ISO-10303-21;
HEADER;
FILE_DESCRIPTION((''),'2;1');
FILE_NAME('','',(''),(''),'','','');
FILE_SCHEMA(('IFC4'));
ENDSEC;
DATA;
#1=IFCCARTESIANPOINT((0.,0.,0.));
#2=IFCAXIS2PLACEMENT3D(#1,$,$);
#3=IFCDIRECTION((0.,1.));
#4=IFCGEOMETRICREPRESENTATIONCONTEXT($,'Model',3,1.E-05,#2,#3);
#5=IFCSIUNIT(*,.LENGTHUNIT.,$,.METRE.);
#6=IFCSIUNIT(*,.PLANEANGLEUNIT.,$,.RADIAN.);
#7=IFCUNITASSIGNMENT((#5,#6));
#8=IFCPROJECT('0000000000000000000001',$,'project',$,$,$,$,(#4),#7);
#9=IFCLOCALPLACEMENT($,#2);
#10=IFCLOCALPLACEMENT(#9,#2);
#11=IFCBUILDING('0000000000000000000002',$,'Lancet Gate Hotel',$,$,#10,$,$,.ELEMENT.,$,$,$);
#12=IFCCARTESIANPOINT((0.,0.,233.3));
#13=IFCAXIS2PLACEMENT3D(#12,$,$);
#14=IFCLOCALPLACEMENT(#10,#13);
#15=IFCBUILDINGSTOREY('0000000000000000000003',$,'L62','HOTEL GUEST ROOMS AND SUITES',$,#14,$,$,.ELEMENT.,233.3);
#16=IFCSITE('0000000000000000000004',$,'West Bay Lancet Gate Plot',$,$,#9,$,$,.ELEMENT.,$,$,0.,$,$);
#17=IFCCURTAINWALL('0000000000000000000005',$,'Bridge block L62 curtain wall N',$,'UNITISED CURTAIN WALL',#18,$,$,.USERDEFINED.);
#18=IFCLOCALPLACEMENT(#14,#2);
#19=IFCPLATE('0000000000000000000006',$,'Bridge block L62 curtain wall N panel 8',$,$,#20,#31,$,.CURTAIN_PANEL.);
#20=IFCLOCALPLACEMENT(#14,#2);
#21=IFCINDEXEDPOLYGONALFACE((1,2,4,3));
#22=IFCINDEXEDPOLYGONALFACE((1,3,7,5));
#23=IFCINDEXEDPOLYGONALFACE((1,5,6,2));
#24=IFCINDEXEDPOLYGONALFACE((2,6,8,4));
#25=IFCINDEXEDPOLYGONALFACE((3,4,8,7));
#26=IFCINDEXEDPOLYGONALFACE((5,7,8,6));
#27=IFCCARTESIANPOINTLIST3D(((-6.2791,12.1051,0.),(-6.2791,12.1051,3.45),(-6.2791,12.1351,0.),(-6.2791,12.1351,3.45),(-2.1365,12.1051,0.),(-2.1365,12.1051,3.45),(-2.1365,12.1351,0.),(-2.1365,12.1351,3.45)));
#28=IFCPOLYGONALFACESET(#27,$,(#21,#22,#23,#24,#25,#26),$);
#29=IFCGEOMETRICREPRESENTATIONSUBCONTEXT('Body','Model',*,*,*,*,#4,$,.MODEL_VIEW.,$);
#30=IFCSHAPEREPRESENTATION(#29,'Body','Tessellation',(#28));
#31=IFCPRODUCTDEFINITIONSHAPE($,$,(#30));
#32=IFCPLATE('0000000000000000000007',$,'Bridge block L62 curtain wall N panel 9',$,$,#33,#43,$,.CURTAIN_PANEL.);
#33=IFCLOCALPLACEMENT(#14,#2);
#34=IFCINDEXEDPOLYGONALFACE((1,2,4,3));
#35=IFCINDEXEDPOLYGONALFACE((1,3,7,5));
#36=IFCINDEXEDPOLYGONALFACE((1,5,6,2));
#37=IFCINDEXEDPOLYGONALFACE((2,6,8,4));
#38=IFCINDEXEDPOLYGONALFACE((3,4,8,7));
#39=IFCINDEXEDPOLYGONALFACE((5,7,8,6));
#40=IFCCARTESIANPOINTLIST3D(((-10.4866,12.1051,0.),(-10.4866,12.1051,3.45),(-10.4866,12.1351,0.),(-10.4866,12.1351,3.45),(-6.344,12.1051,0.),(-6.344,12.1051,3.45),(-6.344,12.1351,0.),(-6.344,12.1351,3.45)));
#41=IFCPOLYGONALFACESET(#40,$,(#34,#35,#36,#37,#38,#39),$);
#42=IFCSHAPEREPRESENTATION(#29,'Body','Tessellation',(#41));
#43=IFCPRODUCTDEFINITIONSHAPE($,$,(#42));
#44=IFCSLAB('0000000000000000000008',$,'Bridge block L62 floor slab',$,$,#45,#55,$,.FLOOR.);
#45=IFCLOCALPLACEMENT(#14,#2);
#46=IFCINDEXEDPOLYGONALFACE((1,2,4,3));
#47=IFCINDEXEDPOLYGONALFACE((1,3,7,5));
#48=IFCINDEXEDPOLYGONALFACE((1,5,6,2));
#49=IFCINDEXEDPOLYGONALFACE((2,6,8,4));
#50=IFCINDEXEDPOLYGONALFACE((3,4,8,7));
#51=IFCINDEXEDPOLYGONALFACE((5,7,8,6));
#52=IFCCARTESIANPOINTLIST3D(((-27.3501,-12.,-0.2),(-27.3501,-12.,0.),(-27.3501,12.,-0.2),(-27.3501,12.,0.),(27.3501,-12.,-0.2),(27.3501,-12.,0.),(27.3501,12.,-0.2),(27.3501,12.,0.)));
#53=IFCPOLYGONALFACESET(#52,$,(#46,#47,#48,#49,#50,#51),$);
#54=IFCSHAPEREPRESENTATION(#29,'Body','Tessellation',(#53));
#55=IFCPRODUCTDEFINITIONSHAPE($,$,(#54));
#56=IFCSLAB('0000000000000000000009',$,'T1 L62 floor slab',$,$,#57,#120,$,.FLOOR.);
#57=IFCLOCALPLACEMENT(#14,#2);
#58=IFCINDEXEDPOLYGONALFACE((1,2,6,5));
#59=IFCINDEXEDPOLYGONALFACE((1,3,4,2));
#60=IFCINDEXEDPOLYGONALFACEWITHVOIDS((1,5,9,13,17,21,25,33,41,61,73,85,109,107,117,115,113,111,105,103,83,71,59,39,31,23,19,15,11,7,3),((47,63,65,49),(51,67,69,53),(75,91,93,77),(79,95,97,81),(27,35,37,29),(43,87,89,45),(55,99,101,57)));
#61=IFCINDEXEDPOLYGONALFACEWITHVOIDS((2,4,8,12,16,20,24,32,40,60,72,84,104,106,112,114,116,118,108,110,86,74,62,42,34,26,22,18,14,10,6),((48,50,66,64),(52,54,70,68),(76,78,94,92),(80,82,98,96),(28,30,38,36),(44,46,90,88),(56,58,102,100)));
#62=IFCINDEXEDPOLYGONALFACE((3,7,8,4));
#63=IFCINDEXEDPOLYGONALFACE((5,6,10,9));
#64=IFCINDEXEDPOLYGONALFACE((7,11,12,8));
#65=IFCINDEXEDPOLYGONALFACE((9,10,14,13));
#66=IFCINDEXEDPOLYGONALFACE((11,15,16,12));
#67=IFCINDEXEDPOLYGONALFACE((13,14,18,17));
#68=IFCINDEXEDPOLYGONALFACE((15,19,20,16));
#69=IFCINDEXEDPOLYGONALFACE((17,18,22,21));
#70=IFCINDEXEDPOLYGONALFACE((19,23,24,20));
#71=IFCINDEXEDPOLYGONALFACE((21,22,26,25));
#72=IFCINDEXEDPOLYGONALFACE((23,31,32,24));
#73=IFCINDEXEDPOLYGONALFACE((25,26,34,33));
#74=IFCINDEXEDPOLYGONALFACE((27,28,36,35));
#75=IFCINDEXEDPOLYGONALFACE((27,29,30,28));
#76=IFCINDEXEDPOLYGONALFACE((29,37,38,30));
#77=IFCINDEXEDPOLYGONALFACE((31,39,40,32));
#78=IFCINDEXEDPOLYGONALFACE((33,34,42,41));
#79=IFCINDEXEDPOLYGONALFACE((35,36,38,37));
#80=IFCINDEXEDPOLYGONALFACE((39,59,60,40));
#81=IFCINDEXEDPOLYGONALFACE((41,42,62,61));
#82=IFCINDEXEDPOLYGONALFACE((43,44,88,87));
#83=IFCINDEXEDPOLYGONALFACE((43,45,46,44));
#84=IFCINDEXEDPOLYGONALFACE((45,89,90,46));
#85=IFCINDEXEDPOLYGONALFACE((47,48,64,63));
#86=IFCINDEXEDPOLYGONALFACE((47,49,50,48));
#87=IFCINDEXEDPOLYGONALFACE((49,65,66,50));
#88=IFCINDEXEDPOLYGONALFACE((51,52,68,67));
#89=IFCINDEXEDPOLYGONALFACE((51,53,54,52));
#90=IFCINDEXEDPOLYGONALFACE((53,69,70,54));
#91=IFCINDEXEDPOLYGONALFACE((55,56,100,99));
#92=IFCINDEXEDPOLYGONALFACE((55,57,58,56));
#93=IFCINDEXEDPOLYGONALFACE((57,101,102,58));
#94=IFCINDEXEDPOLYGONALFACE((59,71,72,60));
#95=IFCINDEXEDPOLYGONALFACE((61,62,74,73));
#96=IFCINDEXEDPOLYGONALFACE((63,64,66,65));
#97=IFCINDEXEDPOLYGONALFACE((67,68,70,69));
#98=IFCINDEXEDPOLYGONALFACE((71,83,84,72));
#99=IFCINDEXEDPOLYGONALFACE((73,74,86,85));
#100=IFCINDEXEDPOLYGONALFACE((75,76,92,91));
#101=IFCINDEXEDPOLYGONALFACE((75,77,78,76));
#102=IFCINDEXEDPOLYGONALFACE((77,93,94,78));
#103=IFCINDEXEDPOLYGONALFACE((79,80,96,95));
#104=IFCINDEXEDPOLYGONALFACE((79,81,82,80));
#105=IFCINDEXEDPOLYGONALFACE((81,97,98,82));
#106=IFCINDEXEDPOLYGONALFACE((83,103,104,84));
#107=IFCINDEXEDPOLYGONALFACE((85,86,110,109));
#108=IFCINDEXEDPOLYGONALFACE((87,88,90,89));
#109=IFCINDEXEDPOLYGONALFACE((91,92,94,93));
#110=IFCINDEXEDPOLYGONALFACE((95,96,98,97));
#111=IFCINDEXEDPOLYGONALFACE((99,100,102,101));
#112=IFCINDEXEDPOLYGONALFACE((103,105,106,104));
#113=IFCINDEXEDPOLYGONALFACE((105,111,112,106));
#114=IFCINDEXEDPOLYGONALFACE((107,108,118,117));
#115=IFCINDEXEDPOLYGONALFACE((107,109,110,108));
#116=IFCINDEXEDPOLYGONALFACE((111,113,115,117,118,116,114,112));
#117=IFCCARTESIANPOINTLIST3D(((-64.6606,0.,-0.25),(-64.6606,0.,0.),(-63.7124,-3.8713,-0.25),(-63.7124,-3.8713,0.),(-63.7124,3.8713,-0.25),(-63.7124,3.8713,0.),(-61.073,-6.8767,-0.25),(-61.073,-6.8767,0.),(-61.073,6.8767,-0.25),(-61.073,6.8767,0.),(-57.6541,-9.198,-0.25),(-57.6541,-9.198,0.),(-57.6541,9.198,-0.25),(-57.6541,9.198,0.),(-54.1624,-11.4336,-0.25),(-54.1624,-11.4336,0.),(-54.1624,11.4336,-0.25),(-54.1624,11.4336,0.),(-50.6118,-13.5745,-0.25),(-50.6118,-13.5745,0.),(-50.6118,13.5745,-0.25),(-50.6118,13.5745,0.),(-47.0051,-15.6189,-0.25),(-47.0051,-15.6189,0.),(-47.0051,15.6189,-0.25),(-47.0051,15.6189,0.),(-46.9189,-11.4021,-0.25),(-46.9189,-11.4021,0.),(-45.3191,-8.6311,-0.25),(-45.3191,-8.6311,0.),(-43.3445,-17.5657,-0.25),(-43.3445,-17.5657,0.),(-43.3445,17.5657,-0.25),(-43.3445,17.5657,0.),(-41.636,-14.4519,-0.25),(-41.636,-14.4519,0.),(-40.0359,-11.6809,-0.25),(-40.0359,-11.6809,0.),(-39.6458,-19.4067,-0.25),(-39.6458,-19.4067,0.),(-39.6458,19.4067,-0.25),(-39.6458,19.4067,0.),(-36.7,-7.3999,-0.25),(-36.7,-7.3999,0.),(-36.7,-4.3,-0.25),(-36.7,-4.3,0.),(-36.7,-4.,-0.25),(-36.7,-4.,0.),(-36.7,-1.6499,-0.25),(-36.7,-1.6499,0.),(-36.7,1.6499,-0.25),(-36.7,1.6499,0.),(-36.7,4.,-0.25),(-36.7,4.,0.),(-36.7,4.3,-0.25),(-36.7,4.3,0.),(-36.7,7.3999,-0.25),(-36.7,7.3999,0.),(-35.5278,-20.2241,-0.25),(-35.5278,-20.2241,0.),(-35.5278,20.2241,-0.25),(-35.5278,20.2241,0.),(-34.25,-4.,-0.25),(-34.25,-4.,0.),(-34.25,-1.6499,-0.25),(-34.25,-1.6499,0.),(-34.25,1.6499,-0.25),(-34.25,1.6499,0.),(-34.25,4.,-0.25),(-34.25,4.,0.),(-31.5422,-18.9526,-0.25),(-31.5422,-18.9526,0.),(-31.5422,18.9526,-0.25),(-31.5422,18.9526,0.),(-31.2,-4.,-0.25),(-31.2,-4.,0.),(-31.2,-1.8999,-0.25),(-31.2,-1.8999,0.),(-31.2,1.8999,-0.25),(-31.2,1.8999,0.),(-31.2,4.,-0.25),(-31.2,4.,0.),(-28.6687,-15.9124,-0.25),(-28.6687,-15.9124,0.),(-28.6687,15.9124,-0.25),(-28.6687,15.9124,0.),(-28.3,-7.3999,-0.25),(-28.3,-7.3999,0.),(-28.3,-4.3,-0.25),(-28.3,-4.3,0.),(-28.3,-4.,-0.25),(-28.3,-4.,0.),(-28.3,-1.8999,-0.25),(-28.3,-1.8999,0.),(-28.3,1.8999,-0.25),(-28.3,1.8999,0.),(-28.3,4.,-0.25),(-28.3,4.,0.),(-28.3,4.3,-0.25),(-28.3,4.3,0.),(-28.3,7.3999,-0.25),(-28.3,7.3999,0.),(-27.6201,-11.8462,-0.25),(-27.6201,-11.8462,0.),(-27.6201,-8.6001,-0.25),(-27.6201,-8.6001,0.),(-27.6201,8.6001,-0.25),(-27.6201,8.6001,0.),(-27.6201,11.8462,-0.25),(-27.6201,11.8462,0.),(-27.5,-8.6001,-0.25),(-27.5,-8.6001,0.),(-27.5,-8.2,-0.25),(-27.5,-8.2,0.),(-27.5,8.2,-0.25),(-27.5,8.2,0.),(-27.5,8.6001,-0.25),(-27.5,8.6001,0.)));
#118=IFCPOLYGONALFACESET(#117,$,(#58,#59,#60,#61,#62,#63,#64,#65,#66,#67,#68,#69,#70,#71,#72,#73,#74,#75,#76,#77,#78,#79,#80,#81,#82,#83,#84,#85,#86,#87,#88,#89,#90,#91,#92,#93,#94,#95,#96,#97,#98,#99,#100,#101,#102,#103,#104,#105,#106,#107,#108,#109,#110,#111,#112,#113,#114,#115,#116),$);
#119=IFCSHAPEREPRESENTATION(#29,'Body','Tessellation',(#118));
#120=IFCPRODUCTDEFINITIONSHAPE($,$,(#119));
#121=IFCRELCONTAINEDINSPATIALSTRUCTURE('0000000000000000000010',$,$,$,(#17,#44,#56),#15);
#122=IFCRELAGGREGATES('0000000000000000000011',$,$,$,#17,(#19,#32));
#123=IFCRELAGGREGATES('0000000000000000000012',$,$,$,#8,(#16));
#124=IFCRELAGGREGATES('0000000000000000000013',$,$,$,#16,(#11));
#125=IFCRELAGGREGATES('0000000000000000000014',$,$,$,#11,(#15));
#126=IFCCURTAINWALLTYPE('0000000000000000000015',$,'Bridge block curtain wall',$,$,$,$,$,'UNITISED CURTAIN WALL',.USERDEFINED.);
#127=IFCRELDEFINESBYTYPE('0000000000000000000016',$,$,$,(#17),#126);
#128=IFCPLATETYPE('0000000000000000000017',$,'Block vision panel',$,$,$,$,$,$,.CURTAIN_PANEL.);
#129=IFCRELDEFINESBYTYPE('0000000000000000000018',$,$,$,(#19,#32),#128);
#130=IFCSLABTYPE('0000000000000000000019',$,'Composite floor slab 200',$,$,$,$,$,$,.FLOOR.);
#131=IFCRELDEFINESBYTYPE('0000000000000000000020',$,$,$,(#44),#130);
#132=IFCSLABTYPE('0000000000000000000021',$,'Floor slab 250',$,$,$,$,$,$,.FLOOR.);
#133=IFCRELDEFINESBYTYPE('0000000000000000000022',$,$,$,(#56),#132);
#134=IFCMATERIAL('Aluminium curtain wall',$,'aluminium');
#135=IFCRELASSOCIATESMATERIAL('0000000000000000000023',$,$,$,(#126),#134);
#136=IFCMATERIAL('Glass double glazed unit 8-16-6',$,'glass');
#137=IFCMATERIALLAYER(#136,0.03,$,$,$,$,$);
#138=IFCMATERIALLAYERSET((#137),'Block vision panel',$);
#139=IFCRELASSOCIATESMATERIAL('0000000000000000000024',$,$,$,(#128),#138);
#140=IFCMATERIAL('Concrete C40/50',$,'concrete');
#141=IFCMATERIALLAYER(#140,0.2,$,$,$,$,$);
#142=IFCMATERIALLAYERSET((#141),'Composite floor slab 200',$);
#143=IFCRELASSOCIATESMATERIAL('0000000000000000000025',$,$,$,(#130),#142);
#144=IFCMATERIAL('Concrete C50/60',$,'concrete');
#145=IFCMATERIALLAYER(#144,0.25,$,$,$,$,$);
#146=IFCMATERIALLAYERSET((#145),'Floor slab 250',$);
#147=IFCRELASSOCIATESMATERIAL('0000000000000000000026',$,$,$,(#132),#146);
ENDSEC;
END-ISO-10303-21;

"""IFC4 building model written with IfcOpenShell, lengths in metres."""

from ifc_helpers import new_model, si_unit, direction, frame, origin, origin_2d, place, context, subcontext, project, spatial, polyline, rectangle, outline, extrude, material, layer, layer_set, type_object, element, aggregate, save


model = new_model("IFC4")

# Units and contexts
model_context = context("Model", 3, precision=1e-05, world=origin(), true_north=direction((0.0, 1.0)))
body_context = subcontext(model_context, "Body", "Model", "MODEL_VIEW")
ifc_project = project(units=[si_unit("LENGTHUNIT", "METRE"), si_unit("PLANEANGLEUNIT", "RADIAN")], contexts=[model_context])

# Site, building, storey
site_placement = place(None, origin())
site = spatial("IfcSite", under=ifc_project, at=site_placement, Name="West Bay Lancet Gate Plot", CompositionType="ELEMENT", RefElevation=0.0)
building_placement = place(site_placement, origin())
building = spatial("IfcBuilding", under=site, at=building_placement, Name="Lancet Gate Hotel", CompositionType="ELEMENT")
storey_placement = place(building_placement, frame((0.0, 0.0, 233.3)))
storey = spatial("IfcBuildingStorey", under=building, at=storey_placement, Name="L62", Description="HOTEL GUEST ROOMS AND SUITES", CompositionType="ELEMENT", Elevation=233.3)

# Curtain wall
ifc_material_1 = material(Name="Aluminium curtain wall", Category="aluminium")
curtain_wall_type = type_object("IfcCurtainWallType", Name="Bridge block curtain wall", ElementType="UNITISED CURTAIN WALL", PredefinedType="USERDEFINED", material=ifc_material_1)
curtain_wall_placement = place(storey_placement, origin())
curtain_wall = element("IfcCurtainWall", 1, at=curtain_wall_placement, inside=storey, type_object=curtain_wall_type, Name="Bridge block L62 curtain wall N", ObjectType="UNITISED CURTAIN WALL", PredefinedType="USERDEFINED")

# Plates
ifc_material_2 = material(Name="Glass double glazed unit 8-16-6", Category="glass")
ifc_layer_1 = layer(ifc_material_2, 0.03)
ifc_layer_set_1 = layer_set([ifc_layer_1], Name="Block vision panel")
plate_type = type_object("IfcPlateType", Name="Block vision panel", PredefinedType="CURTAIN_PANEL", material=ifc_layer_set_1)
plate_1_placement = place(storey_placement, frame((-4.2078, 12.1201, 0.0), z_axis=(0.0, 0.0, 1.0), x_axis=(-1.0, 0.0, 0.0)))
plate_1 = element("IfcPlate", 2, at=plate_1_placement, type_object=plate_type, Name="Bridge block L62 curtain wall N panel 8", PredefinedType="CURTAIN_PANEL", context=body_context, shape_type="SweptSolid", body=[
    extrude(rectangle(XDim=4.1426, YDim=0.03, at=origin_2d()), origin(), (0.0, 0.0, 1.0), 3.45),
])
plate_2_placement = place(storey_placement, frame((-8.4153, 12.1201, 0.0), z_axis=(0.0, 0.0, 1.0), x_axis=(-1.0, 0.0, 0.0)))
plate_2 = element("IfcPlate", 3, at=plate_2_placement, type_object=plate_type, Name="Bridge block L62 curtain wall N panel 9", PredefinedType="CURTAIN_PANEL", context=body_context, shape_type="SweptSolid", body=[
    extrude(rectangle(XDim=4.1426, YDim=0.03, at=origin_2d()), origin(), (0.0, 0.0, 1.0), 3.45),
])
aggregate(curtain_wall, [plate_1, plate_2])

# Slabs
ifc_material_3 = material(Name="Concrete C40/50", Category="concrete")
ifc_layer_2 = layer(ifc_material_3, 0.2)
ifc_layer_set_2 = layer_set([ifc_layer_2], Name="Composite floor slab 200")
slab_type_1 = type_object("IfcSlabType", Name="Composite floor slab 200", PredefinedType="FLOOR", material=ifc_layer_set_2)
slab_1_placement = place(storey_placement, frame((0.0, 0.0, -0.2)))
element("IfcSlab", 4, at=slab_1_placement, inside=storey, type_object=slab_type_1, Name="Bridge block L62 floor slab", PredefinedType="FLOOR", context=body_context, shape_type="SweptSolid", body=[
    extrude(outline(polyline([(27.3501, -12.0), (27.3501, 12.0), (-27.3501, 12.0), (-27.3501, -12.0), (27.3501, -12.0)])), origin(), (0.0, 0.0, 1.0), 0.2),
])
ifc_material_4 = material(Name="Concrete C50/60", Category="concrete")
ifc_layer_3 = layer(ifc_material_4, 0.25)
ifc_layer_set_3 = layer_set([ifc_layer_3], Name="Floor slab 250")
slab_type_2 = type_object("IfcSlabType", Name="Floor slab 250", PredefinedType="FLOOR", material=ifc_layer_set_3)
slab_2_placement = place(storey_placement, frame((0.0, 0.0, -0.25)))
element("IfcSlab", 5, at=slab_2_placement, inside=storey, type_object=slab_type_2, Name="T1 L62 floor slab", PredefinedType="FLOOR", context=body_context, shape_type="SweptSolid", body=[
    extrude(outline(polyline([(-27.5, 8.6001), (-27.6201, 8.6001), (-27.6201, 11.8462), (-28.6687, 15.9124), (-31.5422, 18.9526), (-35.5278, 20.2241), (-39.6458, 19.4067), (-43.3445, 17.5657), (-47.0051, 15.6189), (-50.6118, 13.5745), (-54.1624, 11.4336), (-57.6541, 9.198), (-61.073, 6.8767), (-63.7124, 3.8713), (-64.6606, 0.0), (-63.7124, -3.8713), (-61.073, -6.8767), (-57.6541, -9.198), (-54.1624, -11.4336), (-50.6118, -13.5745), (-47.0051, -15.6189), (-43.3445, -17.5657), (-39.6458, -19.4067), (-35.5278, -20.2241), (-31.5422, -18.9526), (-28.6687, -15.9124), (-27.6201, -11.8462), (-27.6201, -8.6001), (-27.5, -8.6001), (-27.5, -8.2), (-27.5, 8.2), (-27.5, 8.6001)]), holes=[polyline([(-36.7, 7.3999), (-36.7, 4.3), (-28.3, 4.3), (-28.3, 7.3999), (-36.7, 7.3999)]), polyline([(-28.3, 4.0), (-31.2, 4.0), (-31.2, 1.8999), (-28.3, 1.8999), (-28.3, 4.0)]), polyline([(-34.25, 4.0), (-36.7, 4.0), (-36.7, 1.6499), (-34.25, 1.6499), (-34.25, 4.0)]), polyline([(-36.7, -1.6499), (-36.7, -4.0), (-34.25, -4.0), (-34.25, -1.6499), (-36.7, -1.6499)]), polyline([(-28.3, -1.8999), (-31.2, -1.8999), (-31.2, -4.0), (-28.3, -4.0), (-28.3, -1.8999)]), polyline([(-28.3, -4.3), (-36.7, -4.3), (-36.7, -7.3999), (-28.3, -7.3999), (-28.3, -4.3)]), polyline([(-45.3191, -8.6311), (-46.9189, -11.4021), (-41.636, -14.4519), (-40.0359, -11.6809), (-45.3191, -8.6311)])]), origin(), (0.0, 0.0, 1.0), 0.25),
])

save(model, "model.ifc")
